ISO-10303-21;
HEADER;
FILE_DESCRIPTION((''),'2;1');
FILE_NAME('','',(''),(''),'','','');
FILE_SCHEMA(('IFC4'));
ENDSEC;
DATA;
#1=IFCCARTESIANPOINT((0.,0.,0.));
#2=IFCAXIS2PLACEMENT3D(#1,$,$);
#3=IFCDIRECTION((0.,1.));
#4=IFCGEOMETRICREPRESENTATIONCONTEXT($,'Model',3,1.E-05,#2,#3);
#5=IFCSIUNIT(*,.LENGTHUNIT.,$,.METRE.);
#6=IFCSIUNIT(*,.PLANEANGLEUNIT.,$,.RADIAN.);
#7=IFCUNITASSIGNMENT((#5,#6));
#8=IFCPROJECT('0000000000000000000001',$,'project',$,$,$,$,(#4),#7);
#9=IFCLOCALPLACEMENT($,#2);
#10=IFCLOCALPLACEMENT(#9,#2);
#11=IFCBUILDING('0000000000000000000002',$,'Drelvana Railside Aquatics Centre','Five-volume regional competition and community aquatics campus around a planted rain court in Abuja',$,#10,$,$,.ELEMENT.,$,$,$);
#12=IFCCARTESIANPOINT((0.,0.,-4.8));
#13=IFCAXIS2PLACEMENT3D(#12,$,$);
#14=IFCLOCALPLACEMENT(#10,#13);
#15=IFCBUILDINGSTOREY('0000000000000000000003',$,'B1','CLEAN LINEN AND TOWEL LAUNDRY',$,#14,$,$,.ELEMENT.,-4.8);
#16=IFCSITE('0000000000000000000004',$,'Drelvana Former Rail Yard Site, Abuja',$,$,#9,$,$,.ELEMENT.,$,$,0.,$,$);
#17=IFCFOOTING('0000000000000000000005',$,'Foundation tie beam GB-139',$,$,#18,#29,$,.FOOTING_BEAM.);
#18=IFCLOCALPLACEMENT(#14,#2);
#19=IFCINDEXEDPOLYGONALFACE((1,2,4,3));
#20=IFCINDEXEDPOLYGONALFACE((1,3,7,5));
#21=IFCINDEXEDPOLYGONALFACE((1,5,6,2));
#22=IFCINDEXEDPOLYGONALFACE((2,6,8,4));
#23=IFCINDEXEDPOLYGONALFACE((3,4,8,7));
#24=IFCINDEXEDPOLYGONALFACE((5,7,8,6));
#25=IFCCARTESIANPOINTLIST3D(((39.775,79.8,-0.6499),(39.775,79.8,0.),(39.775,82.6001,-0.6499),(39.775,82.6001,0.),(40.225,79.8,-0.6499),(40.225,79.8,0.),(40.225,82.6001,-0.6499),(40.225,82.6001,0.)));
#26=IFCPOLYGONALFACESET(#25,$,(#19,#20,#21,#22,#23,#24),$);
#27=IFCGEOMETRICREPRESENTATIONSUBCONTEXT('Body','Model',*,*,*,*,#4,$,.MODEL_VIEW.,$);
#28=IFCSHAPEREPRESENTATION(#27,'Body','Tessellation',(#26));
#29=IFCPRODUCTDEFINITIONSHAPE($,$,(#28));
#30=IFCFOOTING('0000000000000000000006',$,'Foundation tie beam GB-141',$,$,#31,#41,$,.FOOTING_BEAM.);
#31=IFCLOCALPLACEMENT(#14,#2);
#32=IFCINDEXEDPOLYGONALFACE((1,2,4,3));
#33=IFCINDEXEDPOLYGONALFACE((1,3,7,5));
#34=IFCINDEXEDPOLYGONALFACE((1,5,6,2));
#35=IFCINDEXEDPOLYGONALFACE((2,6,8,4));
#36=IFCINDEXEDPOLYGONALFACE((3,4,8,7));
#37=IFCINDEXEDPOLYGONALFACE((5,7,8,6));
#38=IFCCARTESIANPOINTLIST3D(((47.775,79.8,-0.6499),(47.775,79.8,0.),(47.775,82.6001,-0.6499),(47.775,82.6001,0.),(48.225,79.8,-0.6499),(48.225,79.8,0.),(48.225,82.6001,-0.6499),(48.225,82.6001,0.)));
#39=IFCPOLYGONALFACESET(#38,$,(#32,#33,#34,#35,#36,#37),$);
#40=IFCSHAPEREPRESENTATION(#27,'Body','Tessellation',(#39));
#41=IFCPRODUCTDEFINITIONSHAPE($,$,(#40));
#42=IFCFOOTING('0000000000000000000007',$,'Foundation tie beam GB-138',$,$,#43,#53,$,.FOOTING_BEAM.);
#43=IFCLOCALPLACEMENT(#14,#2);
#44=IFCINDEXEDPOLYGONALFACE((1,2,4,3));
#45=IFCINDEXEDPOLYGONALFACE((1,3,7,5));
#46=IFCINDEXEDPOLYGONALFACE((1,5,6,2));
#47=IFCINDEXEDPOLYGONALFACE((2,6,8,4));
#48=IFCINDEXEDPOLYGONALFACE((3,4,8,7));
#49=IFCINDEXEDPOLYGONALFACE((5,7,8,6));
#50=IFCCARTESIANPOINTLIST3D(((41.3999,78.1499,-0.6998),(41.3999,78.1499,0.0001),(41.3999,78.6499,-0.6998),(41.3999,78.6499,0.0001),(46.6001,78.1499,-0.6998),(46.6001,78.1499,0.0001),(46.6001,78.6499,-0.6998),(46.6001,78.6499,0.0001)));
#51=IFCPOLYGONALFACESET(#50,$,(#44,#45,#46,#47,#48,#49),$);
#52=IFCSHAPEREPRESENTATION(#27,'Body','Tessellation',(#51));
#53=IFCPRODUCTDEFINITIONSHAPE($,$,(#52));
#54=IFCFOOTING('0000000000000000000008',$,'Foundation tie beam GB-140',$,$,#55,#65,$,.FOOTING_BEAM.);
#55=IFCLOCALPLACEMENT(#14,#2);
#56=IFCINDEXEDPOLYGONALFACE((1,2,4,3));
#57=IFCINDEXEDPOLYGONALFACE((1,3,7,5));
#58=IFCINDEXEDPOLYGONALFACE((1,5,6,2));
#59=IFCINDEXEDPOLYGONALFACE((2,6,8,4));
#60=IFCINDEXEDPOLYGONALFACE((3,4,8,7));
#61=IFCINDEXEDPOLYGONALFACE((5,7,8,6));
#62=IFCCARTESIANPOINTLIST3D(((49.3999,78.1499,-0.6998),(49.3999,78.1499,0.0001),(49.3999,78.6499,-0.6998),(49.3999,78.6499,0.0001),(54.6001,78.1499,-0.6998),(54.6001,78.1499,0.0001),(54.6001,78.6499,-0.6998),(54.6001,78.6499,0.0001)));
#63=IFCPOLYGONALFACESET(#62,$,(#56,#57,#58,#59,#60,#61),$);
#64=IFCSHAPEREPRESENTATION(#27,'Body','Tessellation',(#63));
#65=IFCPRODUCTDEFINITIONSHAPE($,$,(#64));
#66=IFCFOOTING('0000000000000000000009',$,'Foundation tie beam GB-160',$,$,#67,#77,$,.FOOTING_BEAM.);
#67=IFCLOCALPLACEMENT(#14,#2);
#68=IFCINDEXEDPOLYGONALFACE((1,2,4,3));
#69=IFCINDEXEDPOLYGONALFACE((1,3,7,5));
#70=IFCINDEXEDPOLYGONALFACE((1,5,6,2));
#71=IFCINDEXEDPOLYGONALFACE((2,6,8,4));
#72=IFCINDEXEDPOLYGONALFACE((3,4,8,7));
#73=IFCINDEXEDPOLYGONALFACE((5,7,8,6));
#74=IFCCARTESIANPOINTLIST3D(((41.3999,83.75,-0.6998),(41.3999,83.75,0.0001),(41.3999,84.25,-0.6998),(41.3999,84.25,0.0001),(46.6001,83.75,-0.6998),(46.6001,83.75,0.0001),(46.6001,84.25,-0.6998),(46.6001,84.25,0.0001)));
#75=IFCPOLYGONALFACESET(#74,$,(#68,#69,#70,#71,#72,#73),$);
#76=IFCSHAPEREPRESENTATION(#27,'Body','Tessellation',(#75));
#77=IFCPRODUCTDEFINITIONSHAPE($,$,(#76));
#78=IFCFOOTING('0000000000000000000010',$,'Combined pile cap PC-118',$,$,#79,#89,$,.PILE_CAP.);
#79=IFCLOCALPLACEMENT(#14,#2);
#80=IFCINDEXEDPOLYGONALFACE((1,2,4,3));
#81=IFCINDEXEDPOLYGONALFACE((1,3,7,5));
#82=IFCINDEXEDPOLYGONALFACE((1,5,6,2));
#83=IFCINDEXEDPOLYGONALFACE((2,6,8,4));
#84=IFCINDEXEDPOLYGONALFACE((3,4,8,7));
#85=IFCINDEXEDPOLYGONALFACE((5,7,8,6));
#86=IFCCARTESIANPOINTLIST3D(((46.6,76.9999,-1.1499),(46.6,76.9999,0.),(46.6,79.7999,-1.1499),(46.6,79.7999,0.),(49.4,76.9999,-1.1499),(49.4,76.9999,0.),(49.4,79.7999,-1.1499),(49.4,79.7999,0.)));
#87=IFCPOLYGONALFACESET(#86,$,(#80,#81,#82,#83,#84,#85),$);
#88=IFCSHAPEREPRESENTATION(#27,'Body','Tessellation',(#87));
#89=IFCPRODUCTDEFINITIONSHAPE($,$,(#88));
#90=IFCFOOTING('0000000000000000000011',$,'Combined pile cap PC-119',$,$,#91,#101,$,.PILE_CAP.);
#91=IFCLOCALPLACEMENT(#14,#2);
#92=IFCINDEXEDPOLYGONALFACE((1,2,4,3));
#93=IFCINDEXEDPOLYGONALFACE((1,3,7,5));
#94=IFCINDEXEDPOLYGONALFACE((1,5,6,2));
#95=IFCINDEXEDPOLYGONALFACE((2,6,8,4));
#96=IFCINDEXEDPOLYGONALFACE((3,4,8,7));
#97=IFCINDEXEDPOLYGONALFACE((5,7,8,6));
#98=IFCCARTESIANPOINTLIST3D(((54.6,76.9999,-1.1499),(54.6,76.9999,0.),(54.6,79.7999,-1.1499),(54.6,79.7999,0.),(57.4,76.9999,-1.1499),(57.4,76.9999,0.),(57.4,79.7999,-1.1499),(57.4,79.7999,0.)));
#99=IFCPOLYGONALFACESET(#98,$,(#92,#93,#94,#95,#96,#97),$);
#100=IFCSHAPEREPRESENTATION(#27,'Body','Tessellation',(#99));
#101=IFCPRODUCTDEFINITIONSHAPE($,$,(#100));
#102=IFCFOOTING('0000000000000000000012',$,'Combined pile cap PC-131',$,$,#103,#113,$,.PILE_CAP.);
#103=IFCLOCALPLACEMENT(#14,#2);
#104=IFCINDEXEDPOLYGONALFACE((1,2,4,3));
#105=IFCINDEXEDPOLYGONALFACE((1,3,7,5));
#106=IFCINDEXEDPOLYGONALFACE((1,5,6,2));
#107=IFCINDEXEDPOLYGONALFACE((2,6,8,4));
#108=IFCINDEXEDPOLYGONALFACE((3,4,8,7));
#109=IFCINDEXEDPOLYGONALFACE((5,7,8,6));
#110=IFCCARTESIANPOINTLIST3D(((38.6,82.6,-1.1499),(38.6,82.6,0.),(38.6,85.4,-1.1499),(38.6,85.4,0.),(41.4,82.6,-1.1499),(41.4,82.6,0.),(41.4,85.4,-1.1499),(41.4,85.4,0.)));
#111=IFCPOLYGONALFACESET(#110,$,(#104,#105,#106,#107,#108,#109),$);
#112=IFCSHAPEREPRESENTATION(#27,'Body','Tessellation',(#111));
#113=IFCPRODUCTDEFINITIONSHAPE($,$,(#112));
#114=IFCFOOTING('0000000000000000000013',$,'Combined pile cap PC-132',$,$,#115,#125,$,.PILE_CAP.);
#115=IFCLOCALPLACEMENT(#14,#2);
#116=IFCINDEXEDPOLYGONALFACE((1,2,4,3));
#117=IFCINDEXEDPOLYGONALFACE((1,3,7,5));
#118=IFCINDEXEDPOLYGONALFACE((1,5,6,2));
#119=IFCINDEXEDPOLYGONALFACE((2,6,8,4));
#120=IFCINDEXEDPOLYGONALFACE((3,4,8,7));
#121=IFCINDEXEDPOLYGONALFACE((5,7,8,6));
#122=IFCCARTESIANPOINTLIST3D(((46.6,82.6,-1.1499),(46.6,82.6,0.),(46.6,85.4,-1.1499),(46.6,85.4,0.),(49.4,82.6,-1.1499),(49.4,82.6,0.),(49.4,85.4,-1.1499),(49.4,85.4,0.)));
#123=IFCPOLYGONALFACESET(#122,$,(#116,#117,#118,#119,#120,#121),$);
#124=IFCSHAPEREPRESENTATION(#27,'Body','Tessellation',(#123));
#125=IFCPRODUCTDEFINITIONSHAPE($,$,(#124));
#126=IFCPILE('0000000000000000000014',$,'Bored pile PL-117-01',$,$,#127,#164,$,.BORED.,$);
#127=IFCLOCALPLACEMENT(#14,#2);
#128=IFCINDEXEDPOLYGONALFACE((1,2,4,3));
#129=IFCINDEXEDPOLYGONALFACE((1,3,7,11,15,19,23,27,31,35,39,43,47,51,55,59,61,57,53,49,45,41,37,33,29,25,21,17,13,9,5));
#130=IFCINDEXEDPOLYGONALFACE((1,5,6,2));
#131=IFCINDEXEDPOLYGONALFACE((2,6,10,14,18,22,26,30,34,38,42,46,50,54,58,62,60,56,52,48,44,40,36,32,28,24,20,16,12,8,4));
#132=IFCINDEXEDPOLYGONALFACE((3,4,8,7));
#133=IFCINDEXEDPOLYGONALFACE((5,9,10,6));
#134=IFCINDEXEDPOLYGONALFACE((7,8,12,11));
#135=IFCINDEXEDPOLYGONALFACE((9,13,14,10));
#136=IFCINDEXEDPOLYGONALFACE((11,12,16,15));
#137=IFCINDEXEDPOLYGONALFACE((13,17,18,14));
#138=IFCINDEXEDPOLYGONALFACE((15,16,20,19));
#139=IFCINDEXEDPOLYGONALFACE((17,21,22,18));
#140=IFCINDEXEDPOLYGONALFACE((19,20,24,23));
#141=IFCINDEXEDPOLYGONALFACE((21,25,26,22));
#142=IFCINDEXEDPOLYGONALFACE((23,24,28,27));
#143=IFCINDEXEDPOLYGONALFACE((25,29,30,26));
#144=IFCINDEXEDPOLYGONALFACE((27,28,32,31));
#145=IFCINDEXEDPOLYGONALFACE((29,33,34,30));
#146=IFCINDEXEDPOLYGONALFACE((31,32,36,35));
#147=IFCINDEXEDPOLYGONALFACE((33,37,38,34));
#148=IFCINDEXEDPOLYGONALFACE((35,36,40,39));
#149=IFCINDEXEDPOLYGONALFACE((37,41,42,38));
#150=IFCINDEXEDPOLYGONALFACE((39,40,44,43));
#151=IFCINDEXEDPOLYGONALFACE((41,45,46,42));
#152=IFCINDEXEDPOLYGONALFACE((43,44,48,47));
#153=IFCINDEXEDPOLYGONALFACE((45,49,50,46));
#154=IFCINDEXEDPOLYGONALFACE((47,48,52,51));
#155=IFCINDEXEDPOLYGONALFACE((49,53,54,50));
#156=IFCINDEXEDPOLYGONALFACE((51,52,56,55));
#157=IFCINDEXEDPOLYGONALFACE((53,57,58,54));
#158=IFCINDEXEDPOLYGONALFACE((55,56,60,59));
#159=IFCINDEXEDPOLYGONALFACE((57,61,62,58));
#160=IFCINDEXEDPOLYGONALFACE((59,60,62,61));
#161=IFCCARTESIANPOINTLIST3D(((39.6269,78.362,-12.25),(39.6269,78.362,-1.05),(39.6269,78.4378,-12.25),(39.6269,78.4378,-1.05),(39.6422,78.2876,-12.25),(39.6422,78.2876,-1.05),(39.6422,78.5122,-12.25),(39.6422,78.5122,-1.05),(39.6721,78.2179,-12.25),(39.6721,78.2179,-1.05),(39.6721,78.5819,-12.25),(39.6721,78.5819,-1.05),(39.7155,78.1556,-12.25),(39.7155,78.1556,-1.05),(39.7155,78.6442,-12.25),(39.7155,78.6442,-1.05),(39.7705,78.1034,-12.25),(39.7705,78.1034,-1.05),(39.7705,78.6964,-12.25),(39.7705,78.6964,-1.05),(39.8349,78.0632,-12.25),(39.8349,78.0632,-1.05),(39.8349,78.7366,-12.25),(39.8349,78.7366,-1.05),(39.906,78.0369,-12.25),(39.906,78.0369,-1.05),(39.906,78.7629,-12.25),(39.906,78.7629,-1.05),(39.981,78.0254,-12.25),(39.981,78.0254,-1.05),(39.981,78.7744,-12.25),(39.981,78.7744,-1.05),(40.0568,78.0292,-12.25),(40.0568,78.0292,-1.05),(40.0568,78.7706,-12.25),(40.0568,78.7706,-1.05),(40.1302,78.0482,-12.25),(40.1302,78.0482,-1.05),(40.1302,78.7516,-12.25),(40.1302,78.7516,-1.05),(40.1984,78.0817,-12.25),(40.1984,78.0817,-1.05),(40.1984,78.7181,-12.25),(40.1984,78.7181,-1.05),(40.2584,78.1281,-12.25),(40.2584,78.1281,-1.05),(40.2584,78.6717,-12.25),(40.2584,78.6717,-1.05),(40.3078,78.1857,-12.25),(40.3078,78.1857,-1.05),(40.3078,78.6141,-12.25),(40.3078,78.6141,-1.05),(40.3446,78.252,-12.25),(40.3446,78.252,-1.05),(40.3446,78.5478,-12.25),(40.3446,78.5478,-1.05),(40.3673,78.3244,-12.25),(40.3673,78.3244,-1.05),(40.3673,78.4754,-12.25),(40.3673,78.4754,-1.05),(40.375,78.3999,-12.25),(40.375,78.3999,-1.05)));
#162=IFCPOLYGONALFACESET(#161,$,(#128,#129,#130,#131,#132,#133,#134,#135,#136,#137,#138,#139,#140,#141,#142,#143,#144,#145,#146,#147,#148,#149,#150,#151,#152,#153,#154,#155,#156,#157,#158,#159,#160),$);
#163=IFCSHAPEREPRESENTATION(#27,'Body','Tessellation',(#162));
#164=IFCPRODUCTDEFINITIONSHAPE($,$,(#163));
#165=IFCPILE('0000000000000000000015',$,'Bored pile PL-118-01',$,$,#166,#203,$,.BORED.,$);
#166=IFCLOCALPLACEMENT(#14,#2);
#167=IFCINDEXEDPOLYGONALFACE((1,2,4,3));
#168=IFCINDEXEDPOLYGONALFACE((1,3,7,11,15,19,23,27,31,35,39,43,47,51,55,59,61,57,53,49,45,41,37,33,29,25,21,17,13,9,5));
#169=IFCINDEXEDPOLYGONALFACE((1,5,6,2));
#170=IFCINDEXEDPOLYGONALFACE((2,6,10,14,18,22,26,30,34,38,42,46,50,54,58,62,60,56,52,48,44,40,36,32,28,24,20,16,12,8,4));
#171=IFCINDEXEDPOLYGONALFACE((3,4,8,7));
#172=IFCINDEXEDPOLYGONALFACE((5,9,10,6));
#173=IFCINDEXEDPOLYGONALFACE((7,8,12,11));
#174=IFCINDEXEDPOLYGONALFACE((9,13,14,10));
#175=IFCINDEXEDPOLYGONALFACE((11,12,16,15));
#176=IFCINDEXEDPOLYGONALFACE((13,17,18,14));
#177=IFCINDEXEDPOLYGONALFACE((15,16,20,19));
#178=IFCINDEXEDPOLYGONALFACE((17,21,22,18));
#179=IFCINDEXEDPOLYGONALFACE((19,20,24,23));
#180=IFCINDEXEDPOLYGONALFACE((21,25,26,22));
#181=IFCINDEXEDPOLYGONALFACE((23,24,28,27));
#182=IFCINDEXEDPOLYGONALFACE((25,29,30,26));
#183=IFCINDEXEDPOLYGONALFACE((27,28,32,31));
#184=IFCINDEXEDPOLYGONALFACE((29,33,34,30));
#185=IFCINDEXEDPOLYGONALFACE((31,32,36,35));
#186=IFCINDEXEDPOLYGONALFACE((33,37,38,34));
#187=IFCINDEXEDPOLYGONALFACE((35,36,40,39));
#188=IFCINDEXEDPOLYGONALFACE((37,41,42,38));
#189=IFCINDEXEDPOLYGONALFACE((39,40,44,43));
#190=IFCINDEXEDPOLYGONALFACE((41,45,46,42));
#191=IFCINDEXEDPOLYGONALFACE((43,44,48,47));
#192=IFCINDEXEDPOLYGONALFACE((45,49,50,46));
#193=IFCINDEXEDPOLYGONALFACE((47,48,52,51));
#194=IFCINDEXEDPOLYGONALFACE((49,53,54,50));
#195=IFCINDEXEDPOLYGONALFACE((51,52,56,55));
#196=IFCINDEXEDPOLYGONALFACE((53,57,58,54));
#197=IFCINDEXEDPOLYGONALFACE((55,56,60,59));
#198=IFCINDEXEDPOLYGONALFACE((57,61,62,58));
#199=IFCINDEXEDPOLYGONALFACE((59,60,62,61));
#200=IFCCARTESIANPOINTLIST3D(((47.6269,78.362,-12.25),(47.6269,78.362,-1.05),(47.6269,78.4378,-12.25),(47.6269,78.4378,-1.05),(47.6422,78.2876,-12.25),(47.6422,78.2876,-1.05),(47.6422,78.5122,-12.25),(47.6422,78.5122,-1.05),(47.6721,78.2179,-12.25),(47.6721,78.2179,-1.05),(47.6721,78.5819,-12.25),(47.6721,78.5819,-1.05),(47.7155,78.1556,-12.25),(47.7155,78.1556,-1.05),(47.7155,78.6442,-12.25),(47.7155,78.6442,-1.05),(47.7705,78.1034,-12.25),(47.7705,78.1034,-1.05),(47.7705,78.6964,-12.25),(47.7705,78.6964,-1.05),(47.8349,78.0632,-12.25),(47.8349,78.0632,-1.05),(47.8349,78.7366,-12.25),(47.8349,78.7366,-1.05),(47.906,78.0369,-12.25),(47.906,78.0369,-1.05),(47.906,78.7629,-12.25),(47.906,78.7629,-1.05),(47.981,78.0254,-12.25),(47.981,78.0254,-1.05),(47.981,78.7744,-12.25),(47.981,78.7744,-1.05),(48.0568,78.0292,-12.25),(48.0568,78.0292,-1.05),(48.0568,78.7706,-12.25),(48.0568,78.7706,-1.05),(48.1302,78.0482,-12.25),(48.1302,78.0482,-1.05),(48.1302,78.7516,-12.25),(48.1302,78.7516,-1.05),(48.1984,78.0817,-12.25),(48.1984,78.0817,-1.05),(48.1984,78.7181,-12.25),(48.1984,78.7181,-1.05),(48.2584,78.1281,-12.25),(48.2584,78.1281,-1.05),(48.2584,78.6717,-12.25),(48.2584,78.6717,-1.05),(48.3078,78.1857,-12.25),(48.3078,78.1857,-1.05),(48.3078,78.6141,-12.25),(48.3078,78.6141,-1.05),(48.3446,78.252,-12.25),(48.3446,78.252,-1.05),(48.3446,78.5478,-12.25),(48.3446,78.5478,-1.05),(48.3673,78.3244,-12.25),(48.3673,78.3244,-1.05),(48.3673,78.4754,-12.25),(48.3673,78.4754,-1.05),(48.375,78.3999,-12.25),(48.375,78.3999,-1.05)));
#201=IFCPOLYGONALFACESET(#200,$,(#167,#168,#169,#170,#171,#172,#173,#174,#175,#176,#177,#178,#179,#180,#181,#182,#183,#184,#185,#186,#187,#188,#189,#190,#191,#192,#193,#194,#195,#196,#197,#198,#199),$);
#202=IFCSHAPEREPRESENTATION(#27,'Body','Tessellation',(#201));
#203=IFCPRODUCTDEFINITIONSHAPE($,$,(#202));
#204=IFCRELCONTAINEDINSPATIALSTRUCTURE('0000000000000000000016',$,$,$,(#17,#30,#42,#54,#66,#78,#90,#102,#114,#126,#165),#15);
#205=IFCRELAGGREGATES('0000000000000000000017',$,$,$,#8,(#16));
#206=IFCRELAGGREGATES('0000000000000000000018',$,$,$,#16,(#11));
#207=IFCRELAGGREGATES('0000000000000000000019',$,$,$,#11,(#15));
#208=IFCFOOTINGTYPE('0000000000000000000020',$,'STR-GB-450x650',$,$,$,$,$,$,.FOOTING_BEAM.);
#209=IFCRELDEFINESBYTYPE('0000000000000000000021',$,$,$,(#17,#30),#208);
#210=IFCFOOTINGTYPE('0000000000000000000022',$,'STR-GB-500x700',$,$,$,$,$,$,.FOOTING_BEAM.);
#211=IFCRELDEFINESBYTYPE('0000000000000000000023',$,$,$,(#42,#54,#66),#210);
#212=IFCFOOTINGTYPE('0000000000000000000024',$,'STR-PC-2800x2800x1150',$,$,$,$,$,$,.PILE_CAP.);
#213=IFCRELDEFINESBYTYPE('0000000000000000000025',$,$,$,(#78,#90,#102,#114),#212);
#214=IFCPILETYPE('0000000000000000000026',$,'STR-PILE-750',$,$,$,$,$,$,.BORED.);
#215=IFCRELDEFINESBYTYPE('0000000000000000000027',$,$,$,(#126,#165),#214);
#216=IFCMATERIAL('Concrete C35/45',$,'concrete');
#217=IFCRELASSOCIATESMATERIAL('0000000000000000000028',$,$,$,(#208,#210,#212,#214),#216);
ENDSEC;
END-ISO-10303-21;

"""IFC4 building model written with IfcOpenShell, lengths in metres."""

from ifc_helpers import new_model, si_unit, direction, frame, origin, origin_2d, place, context, subcontext, project, spatial, rectangle, circle, extrude, material, material_profile, profile_set, type_object, element, save


model = new_model("IFC4")

# Units and contexts
model_context = context("Model", 3, precision=1e-05, world=origin(), true_north=direction((0.0, 1.0)))
body_context = subcontext(model_context, "Body", "Model", "MODEL_VIEW")
ifc_project = project(units=[si_unit("LENGTHUNIT", "METRE"), si_unit("PLANEANGLEUNIT", "RADIAN")], contexts=[model_context])

# Site, building, storey
site_placement = place(None, origin())
site = spatial("IfcSite", under=ifc_project, at=site_placement, Name="Drelvana Former Rail Yard Site, Abuja", CompositionType="ELEMENT", RefElevation=0.0)
building_placement = place(site_placement, origin())
building = spatial("IfcBuilding", under=site, at=building_placement, Name="Drelvana Railside Aquatics Centre", Description="Five-volume regional competition and community aquatics campus around a planted rain court in Abuja", CompositionType="ELEMENT")
storey_placement = place(building_placement, frame((0.0, 0.0, -4.8)))
storey = spatial("IfcBuildingStorey", under=building, at=storey_placement, Name="B1", Description="CLEAN LINEN AND TOWEL LAUNDRY", CompositionType="ELEMENT", Elevation=-4.8)

# Footings
ifc_material_1 = material(Name="Concrete C35/45", Category="concrete")
ifc_material_profile_1 = material_profile(ifc_material_1, rectangle(XDim=0.45, YDim=0.6499, at=origin_2d()), Name="GB 450x650")
ifc_profile_set_1 = profile_set([ifc_material_profile_1], Name="Concrete C35/45")
footing_type_1 = type_object("IfcFootingType", Name="STR-GB-450x650", PredefinedType="FOOTING_BEAM", material=ifc_profile_set_1)
for number, where, z_axis, x_axis, name in (
    (1, (40.0, 79.8, -0.325), (0.0, 1.0, 0.0), (-1.0, 0.0, 0.0), "Foundation tie beam GB-139"),
    (2, (48.0, 79.8, -0.325), (0.0, 1.0, 0.0), (-1.0, 0.0, 0.0), "Foundation tie beam GB-141"),
):
    element("IfcFooting", number, at=place(storey_placement, frame(where, z_axis=z_axis, x_axis=x_axis)), inside=storey, type_object=footing_type_1, Name=name, PredefinedType="FOOTING_BEAM", context=body_context, shape_type="SweptSolid", body=[
        extrude(rectangle(XDim=0.45, YDim=0.6499, at=origin_2d()), origin(), (0.0, 0.0, 1.0), 2.8),
    ])
ifc_material_profile_2 = material_profile(ifc_material_1, rectangle(XDim=0.5, YDim=0.7, at=origin_2d()), Name="GB 500x700")
ifc_profile_set_2 = profile_set([ifc_material_profile_2], Name="Concrete C35/45")
footing_type_2 = type_object("IfcFootingType", Name="STR-GB-500x700", PredefinedType="FOOTING_BEAM", material=ifc_profile_set_2)
for number, where, z_axis, x_axis, name in (
    (3, (41.3999, 78.3999, -0.3499), (1.0, 0.0, 0.0), (0.0, 1.0, 0.0), "Foundation tie beam GB-138"),
    (4, (49.3999, 78.3999, -0.3499), (1.0, 0.0, 0.0), (0.0, 1.0, 0.0), "Foundation tie beam GB-140"),
    (5, (41.3999, 84.0, -0.3499), (1.0, 0.0, 0.0), (0.0, 1.0, 0.0), "Foundation tie beam GB-160"),
):
    element("IfcFooting", number, at=place(storey_placement, frame(where, z_axis=z_axis, x_axis=x_axis)), inside=storey, type_object=footing_type_2, Name=name, PredefinedType="FOOTING_BEAM", context=body_context, shape_type="SweptSolid", body=[
        extrude(rectangle(XDim=0.5, YDim=0.7, at=origin_2d()), origin(), (0.0, 0.0, 1.0), 5.2002),
    ])
footing_type_3 = type_object("IfcFootingType", Name="STR-PC-2800x2800x1150", PredefinedType="PILE_CAP", material=ifc_material_1)
for number, where, z_axis, x_axis, name in (
    (6, (48.0, 78.3999, -1.1499), (0.0, 0.0, 1.0), (1.0, 0.0, 0.0), "Combined pile cap PC-118"),
    (7, (56.0, 78.3999, -1.1499), (0.0, 0.0, 1.0), (1.0, 0.0, 0.0), "Combined pile cap PC-119"),
    (8, (40.0, 84.0, -1.1499), (0.0, 0.0, 1.0), (1.0, 0.0, 0.0), "Combined pile cap PC-131"),
    (9, (48.0, 84.0, -1.1499), (0.0, 0.0, 1.0), (1.0, 0.0, 0.0), "Combined pile cap PC-132"),
):
    element("IfcFooting", number, at=place(storey_placement, frame(where, z_axis=z_axis, x_axis=x_axis)), inside=storey, type_object=footing_type_3, Name=name, PredefinedType="PILE_CAP", context=body_context, shape_type="SweptSolid", body=[
        extrude(rectangle(XDim=2.8, YDim=2.8, at=origin_2d()), origin(), (0.0, 0.0, 1.0), 1.1499),
    ])

# Piles
ifc_material_profile_3 = material_profile(ifc_material_1, circle(Radius=0.375, at=origin_2d()), Name="PILE D750")
ifc_profile_set_3 = profile_set([ifc_material_profile_3], Name="Concrete C35/45")
pile_type = type_object("IfcPileType", Name="STR-PILE-750", PredefinedType="BORED", material=ifc_profile_set_3)
for number, where, z_axis, x_axis, name in (
    (10, (40.0, 78.3999, -1.05), (0.0, 0.0, -1.0), (1.0, 0.0, 0.0), "Bored pile PL-117-01"),
    (11, (48.0, 78.3999, -1.05), (0.0, 0.0, -1.0), (1.0, 0.0, 0.0), "Bored pile PL-118-01"),
):
    element("IfcPile", number, at=place(storey_placement, frame(where, z_axis=z_axis, x_axis=x_axis)), inside=storey, type_object=pile_type, Name=name, PredefinedType="BORED", context=body_context, shape_type="SweptSolid", body=[
        extrude(circle(Radius=0.375, at=origin_2d()), origin(), (0.0, 0.0, 1.0), 11.2),
    ])

save(model, "model.ifc")
